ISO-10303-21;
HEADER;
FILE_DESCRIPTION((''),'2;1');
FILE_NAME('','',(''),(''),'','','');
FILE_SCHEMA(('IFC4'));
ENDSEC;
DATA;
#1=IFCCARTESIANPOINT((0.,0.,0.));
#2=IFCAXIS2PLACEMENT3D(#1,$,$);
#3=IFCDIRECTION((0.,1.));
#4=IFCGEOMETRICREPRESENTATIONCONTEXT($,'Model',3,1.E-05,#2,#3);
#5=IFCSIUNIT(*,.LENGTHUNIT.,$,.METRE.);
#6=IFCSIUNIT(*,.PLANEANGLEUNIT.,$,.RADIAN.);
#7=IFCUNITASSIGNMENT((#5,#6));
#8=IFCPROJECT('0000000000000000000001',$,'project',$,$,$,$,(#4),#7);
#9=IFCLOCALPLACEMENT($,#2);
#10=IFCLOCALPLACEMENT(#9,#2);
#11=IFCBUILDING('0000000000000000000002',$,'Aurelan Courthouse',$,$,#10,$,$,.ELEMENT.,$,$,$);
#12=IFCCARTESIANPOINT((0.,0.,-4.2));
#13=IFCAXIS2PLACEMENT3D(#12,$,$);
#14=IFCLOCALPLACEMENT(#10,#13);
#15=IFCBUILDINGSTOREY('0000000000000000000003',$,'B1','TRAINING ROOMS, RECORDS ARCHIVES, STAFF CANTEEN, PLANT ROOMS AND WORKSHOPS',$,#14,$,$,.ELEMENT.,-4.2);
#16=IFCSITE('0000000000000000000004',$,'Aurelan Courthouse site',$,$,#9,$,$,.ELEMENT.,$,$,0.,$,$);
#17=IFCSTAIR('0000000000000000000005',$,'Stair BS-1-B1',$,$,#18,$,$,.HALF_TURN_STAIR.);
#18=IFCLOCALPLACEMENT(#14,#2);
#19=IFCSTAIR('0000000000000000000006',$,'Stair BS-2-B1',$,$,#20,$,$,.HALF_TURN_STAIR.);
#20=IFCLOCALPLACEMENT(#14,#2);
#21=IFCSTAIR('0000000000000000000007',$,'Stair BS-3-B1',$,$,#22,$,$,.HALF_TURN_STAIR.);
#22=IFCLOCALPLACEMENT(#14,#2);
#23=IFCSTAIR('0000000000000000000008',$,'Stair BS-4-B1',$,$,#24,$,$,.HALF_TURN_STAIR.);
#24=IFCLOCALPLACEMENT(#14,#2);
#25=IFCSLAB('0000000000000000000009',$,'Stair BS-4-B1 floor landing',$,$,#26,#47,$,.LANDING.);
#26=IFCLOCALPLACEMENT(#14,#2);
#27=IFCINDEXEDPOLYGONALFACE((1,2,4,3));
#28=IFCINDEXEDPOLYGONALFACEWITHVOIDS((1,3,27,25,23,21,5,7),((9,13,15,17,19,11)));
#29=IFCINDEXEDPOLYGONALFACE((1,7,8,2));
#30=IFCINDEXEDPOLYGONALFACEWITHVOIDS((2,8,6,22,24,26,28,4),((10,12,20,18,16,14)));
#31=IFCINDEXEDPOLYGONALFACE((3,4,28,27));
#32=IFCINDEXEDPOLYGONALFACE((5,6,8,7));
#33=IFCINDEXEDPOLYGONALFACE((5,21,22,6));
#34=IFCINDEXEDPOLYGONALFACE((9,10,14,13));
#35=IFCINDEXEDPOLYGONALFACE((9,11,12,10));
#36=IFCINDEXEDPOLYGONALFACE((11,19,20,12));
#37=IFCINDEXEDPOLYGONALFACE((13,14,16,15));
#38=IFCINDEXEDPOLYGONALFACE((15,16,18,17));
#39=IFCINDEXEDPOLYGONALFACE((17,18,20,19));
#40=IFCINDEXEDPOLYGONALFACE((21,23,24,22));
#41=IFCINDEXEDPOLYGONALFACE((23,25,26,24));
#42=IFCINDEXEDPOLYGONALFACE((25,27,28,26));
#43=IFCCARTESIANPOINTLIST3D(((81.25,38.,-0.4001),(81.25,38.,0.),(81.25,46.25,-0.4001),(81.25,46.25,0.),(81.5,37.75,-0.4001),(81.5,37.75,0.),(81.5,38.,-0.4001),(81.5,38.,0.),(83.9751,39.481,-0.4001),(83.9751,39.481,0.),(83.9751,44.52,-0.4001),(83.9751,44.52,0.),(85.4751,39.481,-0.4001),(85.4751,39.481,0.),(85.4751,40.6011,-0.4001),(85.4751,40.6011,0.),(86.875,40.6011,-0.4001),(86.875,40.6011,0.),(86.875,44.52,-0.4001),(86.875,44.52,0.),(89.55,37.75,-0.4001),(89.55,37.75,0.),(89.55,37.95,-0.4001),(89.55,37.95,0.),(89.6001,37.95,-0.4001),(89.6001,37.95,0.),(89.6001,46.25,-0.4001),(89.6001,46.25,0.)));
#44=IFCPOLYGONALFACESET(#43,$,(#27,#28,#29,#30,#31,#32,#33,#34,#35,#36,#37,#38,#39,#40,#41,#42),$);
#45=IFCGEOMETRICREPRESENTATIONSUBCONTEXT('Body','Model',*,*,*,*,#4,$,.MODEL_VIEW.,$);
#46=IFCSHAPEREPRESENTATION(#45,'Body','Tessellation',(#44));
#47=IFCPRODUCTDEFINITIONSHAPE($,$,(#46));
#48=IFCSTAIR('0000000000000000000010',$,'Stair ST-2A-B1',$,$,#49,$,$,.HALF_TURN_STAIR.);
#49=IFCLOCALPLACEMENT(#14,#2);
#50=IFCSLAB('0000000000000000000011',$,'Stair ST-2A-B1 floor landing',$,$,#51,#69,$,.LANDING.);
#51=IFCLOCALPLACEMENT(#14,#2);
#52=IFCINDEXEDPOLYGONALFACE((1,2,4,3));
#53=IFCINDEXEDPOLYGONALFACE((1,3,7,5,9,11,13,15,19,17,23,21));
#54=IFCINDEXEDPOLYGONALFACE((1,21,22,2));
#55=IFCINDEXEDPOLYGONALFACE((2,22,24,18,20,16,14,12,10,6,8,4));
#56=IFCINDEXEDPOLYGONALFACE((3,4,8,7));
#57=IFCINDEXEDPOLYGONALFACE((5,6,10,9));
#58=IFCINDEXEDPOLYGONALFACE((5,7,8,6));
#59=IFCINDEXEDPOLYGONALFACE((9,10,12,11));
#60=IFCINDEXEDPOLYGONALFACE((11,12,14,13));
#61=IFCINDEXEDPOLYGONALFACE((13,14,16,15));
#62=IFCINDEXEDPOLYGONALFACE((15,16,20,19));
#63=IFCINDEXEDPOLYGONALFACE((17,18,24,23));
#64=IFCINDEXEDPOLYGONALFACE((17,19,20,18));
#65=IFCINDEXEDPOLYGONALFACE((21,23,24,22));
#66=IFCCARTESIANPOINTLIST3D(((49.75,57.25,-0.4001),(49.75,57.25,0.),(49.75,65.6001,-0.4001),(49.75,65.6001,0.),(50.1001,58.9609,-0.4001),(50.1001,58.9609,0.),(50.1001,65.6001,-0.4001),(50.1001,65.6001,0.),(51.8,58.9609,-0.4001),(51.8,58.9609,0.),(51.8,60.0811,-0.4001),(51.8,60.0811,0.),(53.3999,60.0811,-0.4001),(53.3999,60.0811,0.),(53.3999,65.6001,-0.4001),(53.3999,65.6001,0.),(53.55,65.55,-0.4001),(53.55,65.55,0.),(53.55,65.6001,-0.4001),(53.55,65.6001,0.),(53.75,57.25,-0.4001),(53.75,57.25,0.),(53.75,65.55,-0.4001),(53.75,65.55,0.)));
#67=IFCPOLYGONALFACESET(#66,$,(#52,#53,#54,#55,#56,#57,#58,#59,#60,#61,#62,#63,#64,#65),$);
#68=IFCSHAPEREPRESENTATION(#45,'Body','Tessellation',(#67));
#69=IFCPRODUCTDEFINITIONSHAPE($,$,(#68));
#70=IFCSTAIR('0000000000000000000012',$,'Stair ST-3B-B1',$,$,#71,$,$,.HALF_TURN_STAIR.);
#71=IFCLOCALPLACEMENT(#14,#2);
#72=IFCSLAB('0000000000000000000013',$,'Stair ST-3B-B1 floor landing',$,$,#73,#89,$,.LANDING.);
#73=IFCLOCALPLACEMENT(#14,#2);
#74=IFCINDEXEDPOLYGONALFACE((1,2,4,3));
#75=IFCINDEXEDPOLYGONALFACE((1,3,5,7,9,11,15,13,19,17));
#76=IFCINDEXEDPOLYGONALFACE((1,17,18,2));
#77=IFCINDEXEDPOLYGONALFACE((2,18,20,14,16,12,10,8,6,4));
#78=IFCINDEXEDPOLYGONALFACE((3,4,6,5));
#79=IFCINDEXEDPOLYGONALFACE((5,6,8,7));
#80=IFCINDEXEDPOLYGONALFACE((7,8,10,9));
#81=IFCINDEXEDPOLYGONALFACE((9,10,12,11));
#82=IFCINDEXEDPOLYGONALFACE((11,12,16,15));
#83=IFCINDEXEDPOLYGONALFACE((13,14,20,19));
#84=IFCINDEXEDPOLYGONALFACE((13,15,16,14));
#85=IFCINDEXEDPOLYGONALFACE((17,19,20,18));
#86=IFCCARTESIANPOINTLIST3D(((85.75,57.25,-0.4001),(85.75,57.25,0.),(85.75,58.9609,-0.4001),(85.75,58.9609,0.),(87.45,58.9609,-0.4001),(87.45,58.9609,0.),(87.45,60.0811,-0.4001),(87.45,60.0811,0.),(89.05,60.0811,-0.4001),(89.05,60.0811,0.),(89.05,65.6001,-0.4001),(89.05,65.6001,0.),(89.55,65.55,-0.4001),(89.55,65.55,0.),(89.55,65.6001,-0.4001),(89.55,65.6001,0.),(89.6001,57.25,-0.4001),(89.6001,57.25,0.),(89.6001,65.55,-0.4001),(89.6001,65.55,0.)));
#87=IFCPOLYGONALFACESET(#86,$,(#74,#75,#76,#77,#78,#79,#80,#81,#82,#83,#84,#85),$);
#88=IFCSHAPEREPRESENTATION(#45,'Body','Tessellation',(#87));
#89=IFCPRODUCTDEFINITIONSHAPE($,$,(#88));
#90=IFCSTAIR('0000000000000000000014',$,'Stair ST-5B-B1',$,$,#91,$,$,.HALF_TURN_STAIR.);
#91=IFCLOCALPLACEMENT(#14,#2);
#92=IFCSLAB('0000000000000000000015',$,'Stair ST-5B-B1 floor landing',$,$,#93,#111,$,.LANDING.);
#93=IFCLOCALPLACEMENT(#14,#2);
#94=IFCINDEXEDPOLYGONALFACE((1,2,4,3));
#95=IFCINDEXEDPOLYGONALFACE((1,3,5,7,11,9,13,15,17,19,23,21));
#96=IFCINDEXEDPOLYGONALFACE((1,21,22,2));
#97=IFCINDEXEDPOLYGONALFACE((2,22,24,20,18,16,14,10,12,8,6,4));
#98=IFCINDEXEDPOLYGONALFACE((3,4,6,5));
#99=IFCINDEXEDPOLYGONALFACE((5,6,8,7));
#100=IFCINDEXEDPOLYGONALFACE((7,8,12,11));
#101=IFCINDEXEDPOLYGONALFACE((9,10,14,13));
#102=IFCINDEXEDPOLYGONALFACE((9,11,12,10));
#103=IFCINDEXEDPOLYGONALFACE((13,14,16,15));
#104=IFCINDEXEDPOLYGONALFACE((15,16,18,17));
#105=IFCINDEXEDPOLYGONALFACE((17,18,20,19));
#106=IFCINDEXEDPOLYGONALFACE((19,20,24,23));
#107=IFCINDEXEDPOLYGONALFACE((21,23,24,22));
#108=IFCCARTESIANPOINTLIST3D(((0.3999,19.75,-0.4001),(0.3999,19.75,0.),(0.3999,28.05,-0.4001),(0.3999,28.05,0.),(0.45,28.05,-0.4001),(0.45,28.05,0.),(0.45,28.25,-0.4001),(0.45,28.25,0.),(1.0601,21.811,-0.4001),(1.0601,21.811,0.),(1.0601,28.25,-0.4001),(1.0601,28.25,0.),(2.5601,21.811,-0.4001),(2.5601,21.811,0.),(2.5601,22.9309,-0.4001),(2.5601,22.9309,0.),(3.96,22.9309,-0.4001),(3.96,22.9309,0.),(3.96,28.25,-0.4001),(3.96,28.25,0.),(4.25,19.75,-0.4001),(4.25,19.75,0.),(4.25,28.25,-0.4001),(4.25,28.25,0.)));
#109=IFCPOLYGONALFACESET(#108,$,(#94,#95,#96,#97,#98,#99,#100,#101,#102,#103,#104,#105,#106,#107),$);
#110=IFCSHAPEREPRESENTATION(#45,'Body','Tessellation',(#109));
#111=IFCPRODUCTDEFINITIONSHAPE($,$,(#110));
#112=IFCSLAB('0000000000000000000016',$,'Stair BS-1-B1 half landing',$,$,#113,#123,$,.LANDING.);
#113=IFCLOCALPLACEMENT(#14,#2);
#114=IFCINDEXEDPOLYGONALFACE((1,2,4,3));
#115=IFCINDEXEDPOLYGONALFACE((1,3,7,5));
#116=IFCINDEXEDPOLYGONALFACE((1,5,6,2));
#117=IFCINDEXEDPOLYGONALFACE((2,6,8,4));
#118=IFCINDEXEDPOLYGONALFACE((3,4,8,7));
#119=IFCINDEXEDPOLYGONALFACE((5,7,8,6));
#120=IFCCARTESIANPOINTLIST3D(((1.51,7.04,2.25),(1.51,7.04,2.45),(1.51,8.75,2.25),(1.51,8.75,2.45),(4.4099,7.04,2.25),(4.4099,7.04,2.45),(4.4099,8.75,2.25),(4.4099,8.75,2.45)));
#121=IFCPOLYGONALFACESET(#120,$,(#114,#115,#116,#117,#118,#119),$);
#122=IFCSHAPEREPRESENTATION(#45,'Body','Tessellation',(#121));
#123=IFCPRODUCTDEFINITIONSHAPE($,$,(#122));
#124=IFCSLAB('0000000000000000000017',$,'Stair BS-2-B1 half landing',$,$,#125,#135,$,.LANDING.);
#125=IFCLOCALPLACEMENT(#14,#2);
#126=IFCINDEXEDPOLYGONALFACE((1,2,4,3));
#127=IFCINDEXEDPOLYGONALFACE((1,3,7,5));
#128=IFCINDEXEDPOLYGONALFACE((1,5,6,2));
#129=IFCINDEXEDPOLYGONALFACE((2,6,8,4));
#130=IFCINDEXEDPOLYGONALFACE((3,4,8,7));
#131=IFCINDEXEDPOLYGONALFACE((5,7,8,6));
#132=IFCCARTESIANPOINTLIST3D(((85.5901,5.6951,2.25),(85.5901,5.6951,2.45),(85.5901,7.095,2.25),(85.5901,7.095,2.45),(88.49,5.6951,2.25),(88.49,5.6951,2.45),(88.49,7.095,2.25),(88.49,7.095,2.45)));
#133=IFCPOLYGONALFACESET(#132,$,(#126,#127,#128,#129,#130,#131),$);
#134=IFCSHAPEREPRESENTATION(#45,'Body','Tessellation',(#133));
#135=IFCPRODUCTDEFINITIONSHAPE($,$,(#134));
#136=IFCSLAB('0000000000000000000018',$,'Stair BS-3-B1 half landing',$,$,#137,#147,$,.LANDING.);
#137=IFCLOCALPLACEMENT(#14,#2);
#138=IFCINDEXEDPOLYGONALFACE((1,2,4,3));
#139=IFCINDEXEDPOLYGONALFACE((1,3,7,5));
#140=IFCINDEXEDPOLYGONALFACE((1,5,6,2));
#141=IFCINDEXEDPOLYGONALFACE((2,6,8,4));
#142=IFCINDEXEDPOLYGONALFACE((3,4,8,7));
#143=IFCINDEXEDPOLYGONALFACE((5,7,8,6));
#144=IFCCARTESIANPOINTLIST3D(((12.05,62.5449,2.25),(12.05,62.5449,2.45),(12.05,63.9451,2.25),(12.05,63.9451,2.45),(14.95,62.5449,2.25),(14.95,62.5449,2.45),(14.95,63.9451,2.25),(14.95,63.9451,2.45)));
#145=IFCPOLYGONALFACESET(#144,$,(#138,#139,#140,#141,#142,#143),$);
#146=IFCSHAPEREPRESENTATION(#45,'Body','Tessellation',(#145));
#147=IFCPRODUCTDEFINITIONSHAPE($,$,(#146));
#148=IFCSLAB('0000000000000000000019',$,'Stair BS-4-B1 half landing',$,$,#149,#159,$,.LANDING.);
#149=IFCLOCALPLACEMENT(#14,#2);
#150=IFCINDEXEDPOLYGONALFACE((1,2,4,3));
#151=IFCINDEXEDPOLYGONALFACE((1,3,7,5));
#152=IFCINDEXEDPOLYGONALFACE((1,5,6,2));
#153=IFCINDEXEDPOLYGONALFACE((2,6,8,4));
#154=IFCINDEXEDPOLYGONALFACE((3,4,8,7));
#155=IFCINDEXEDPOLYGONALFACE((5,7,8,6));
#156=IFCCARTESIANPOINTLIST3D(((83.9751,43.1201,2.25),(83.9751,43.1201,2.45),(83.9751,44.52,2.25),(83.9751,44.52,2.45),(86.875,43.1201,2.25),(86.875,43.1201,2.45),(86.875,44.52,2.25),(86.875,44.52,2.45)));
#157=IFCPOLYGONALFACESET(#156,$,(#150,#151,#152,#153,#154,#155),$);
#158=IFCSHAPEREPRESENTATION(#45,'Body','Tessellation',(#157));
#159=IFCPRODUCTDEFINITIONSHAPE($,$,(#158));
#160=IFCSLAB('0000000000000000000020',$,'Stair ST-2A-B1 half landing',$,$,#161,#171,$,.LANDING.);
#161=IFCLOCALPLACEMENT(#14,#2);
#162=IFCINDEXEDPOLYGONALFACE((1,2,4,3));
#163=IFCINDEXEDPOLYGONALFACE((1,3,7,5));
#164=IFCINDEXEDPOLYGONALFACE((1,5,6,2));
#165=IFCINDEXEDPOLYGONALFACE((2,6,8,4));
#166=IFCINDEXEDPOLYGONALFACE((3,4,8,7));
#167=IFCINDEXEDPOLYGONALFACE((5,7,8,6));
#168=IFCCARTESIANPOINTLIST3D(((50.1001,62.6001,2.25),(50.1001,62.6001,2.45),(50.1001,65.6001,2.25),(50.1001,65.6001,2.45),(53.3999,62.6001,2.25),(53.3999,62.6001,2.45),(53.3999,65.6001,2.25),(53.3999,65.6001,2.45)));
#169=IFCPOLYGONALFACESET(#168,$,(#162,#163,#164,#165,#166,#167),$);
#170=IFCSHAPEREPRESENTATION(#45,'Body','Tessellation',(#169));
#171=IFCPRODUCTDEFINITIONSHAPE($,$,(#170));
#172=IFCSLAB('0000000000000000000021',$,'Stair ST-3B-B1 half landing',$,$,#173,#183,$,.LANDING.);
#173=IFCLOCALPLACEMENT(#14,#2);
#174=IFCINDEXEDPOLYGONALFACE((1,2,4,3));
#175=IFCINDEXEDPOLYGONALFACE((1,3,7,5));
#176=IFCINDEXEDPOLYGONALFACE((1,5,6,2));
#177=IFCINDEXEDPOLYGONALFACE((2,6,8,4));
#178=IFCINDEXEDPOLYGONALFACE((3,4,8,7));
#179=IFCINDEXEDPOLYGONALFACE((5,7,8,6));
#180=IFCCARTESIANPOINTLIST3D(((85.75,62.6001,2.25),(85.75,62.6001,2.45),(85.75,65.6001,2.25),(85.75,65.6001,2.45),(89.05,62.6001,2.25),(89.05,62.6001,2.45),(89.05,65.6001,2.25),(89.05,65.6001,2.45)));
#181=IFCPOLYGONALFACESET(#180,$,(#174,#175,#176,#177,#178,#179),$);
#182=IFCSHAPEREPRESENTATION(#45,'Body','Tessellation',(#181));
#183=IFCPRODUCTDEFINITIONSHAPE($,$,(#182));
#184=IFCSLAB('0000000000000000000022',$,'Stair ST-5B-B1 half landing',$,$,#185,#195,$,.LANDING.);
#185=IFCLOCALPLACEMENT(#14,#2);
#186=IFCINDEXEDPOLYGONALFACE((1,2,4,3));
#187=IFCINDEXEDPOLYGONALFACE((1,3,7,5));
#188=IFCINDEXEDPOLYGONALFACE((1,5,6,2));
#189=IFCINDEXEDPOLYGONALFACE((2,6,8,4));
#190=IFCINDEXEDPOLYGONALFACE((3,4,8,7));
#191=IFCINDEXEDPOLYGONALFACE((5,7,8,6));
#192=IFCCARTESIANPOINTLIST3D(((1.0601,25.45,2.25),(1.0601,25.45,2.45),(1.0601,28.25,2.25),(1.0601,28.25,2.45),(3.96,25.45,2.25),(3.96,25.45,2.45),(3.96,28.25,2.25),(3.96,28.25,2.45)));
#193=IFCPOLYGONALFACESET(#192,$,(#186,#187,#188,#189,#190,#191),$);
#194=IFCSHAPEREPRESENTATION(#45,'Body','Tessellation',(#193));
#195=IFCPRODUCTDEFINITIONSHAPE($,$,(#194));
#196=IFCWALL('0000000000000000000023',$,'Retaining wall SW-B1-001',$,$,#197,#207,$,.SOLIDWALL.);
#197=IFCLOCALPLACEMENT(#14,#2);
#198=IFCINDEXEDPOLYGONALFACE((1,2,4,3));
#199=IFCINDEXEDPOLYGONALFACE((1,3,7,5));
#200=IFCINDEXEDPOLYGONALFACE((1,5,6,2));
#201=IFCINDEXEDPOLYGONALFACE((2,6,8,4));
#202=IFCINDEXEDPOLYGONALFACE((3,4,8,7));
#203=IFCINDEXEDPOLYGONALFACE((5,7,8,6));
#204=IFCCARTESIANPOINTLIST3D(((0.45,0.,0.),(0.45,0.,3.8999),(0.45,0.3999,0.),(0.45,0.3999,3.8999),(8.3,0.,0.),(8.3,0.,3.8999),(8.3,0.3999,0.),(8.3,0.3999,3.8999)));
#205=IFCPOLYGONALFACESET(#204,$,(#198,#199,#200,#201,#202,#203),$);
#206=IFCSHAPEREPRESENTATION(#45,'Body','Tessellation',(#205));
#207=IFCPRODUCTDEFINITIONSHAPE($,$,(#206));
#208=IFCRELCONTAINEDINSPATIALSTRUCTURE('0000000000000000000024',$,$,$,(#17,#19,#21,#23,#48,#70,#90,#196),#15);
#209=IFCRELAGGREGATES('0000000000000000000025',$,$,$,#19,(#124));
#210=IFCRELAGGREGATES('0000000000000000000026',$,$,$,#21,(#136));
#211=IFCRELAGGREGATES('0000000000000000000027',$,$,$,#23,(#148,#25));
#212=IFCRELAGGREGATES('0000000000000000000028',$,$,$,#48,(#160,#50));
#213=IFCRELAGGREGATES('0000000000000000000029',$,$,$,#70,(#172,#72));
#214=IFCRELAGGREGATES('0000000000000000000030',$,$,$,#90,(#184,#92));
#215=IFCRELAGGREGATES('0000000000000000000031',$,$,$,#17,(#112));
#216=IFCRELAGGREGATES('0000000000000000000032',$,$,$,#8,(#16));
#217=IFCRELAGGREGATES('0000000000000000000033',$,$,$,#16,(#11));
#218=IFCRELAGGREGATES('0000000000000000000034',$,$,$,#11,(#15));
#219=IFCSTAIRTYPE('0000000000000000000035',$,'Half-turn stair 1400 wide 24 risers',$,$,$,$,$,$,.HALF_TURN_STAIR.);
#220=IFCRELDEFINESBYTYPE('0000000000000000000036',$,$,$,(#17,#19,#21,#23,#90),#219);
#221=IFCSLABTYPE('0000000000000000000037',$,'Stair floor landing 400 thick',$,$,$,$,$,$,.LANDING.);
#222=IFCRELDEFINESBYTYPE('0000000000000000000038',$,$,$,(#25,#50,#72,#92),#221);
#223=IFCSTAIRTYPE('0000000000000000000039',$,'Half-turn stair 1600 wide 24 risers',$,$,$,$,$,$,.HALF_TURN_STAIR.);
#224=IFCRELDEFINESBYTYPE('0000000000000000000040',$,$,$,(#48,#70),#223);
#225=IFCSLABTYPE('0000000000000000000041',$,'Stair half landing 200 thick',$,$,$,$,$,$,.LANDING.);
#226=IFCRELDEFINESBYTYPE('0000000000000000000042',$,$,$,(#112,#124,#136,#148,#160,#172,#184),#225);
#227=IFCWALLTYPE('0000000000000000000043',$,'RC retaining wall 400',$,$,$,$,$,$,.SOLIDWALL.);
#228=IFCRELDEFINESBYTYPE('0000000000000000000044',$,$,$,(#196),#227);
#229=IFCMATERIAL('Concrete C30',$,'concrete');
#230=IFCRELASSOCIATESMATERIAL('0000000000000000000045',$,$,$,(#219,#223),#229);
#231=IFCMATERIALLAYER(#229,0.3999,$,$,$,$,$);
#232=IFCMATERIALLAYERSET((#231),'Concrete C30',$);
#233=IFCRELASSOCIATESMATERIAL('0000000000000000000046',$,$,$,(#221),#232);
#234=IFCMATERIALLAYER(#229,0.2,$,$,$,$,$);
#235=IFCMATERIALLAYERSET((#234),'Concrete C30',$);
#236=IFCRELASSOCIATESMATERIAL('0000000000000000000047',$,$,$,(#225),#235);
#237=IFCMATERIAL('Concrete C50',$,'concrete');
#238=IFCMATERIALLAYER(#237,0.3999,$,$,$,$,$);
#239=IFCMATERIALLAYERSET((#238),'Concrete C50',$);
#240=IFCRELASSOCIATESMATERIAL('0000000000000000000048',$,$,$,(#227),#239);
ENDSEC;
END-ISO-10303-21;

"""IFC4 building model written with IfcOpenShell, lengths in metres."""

from ifc_helpers import new_model, si_unit, direction, frame, frame_2d, origin, place, context, subcontext, project, spatial, polyline, rectangle, outline, extrude, material, layer, layer_set, type_object, element, aggregate, save


model = new_model("IFC4")

# Units and contexts
model_context = context("Model", 3, precision=1e-05, world=origin(), true_north=direction((0.0, 1.0)))
body_context = subcontext(model_context, "Body", "Model", "MODEL_VIEW")
ifc_project = project(units=[si_unit("LENGTHUNIT", "METRE"), si_unit("PLANEANGLEUNIT", "RADIAN")], contexts=[model_context])

# Site, building, storey
site_placement = place(None, origin())
site = spatial("IfcSite", under=ifc_project, at=site_placement, Name="Aurelan Courthouse site", CompositionType="ELEMENT", RefElevation=0.0)
building_placement = place(site_placement, origin())
building = spatial("IfcBuilding", under=site, at=building_placement, Name="Aurelan Courthouse", CompositionType="ELEMENT")
storey_placement = place(building_placement, frame((0.0, 0.0, -4.2)))
storey = spatial("IfcBuildingStorey", under=building, at=storey_placement, Name="B1", Description="TRAINING ROOMS, RECORDS ARCHIVES, STAFF CANTEEN, PLANT ROOMS AND WORKSHOPS", CompositionType="ELEMENT", Elevation=-4.2)

# Shared definitions
ifc_material_1 = material(Name="Concrete C50", Category="concrete")

# Stairs, slabs
ifc_material_2 = material(Name="Concrete C30", Category="concrete")
stair_type_1 = type_object("IfcStairType", Name="Half-turn stair 1400 wide 24 risers", PredefinedType="HALF_TURN_STAIR", material=ifc_material_2)
stair_1_placement = place(storey_placement, origin())
stair_1 = element("IfcStair", 1, at=stair_1_placement, inside=storey, type_object=stair_type_1, Name="Stair BS-1-B1", PredefinedType="HALF_TURN_STAIR")
ifc_layer_1 = layer(ifc_material_2, 0.3999)
ifc_layer_set_1 = layer_set([ifc_layer_1], Name="Concrete C30")
slab_type_1 = type_object("IfcSlabType", Name="Stair floor landing 400 thick", PredefinedType="LANDING", material=ifc_layer_set_1)
stair_2_placement = place(storey_placement, origin())
stair_2 = element("IfcStair", 2, at=stair_2_placement, inside=storey, type_object=stair_type_1, Name="Stair BS-2-B1", PredefinedType="HALF_TURN_STAIR")
stair_3_placement = place(storey_placement, origin())
stair_3 = element("IfcStair", 3, at=stair_3_placement, inside=storey, type_object=stair_type_1, Name="Stair BS-3-B1", PredefinedType="HALF_TURN_STAIR")
stair_4_placement = place(storey_placement, origin())
stair_4 = element("IfcStair", 4, at=stair_4_placement, inside=storey, type_object=stair_type_1, Name="Stair BS-4-B1", PredefinedType="HALF_TURN_STAIR")
slab_1_placement = place(storey_placement, frame((0.0, 0.0, -0.4001)))
slab_1 = element("IfcSlab", 5, at=slab_1_placement, type_object=slab_type_1, Name="Stair BS-4-B1 floor landing", PredefinedType="LANDING", context=body_context, shape_type="SweptSolid", body=[
    extrude(outline(polyline([(89.6001, 37.95), (89.55, 37.95), (89.55, 37.75), (81.5, 37.75), (81.5, 38.0), (81.25, 38.0), (81.25, 46.25), (89.6001, 46.25), (89.6001, 37.95)]), holes=[polyline([(83.9751, 44.52), (83.9751, 39.481), (85.4751, 39.481), (85.4751, 40.6011), (86.875, 40.6011), (86.875, 44.52), (83.9751, 44.52)])]), origin(), (0.0, 0.0, 1.0), 0.4001),
])
stair_type_2 = type_object("IfcStairType", Name="Half-turn stair 1600 wide 24 risers", PredefinedType="HALF_TURN_STAIR", material=ifc_material_2)
stair_5_placement = place(storey_placement, origin())
stair_5 = element("IfcStair", 6, at=stair_5_placement, inside=storey, type_object=stair_type_2, Name="Stair ST-2A-B1", PredefinedType="HALF_TURN_STAIR")
slab_2_placement = place(storey_placement, frame((0.0, 0.0, -0.4001)))
slab_2 = element("IfcSlab", 7, at=slab_2_placement, type_object=slab_type_1, Name="Stair ST-2A-B1 floor landing", PredefinedType="LANDING", context=body_context, shape_type="SweptSolid", body=[
    extrude(outline(polyline([(50.1001, 58.9609), (51.8, 58.9609), (51.8, 60.0811), (53.3999, 60.0811), (53.3999, 65.6001), (53.55, 65.6001), (53.55, 65.55), (53.75, 65.55), (53.75, 57.25), (49.75, 57.25), (49.75, 65.6001), (50.1001, 65.6001), (50.1001, 58.9609)])), origin(), (0.0, 0.0, 1.0), 0.4001),
])
stair_6_placement = place(storey_placement, origin())
stair_6 = element("IfcStair", 8, at=stair_6_placement, inside=storey, type_object=stair_type_2, Name="Stair ST-3B-B1", PredefinedType="HALF_TURN_STAIR")
slab_3_placement = place(storey_placement, frame((0.0, 0.0, -0.4001)))
slab_3 = element("IfcSlab", 9, at=slab_3_placement, type_object=slab_type_1, Name="Stair ST-3B-B1 floor landing", PredefinedType="LANDING", context=body_context, shape_type="SweptSolid", body=[
    extrude(outline(polyline([(87.45, 60.0811), (89.05, 60.0811), (89.05, 65.6001), (89.55, 65.6001), (89.55, 65.55), (89.6001, 65.55), (89.6001, 57.25), (85.75, 57.25), (85.75, 58.9609), (87.45, 58.9609), (87.45, 60.0811)])), origin(), (0.0, 0.0, 1.0), 0.4001),
])
stair_7_placement = place(storey_placement, origin())
stair_7 = element("IfcStair", 10, at=stair_7_placement, inside=storey, type_object=stair_type_1, Name="Stair ST-5B-B1", PredefinedType="HALF_TURN_STAIR")
slab_4_placement = place(storey_placement, frame((0.0, 0.0, -0.4001)))
slab_4 = element("IfcSlab", 11, at=slab_4_placement, type_object=slab_type_1, Name="Stair ST-5B-B1 floor landing", PredefinedType="LANDING", context=body_context, shape_type="SweptSolid", body=[
    extrude(outline(polyline([(1.0601, 21.811), (2.5601, 21.811), (2.5601, 22.9309), (3.96, 22.9309), (3.96, 28.25), (4.25, 28.25), (4.25, 19.75), (0.3999, 19.75), (0.3999, 28.05), (0.45, 28.05), (0.45, 28.25), (1.0601, 28.25), (1.0601, 21.811)])), origin(), (0.0, 0.0, 1.0), 0.4001),
])

# Slabs
ifc_layer_2 = layer(ifc_material_2, 0.2)
ifc_layer_set_2 = layer_set([ifc_layer_2], Name="Concrete C30")
slab_type_2 = type_object("IfcSlabType", Name="Stair half landing 200 thick", PredefinedType="LANDING", material=ifc_layer_set_2)
slab_5_placement = place(storey_placement, frame((0.0, 0.0, 2.25)))
slab_5 = element("IfcSlab", 12, at=slab_5_placement, type_object=slab_type_2, Name="Stair BS-1-B1 half landing", PredefinedType="LANDING", context=body_context, shape_type="SweptSolid", body=[
    extrude(outline(polyline([(1.51, 8.75), (4.4099, 8.75), (4.4099, 7.04), (1.51, 7.04), (1.51, 8.75)])), origin(), (0.0, 0.0, 1.0), 0.2),
])
slab_6_placement = place(storey_placement, frame((0.0, 0.0, 2.25)))
slab_6 = element("IfcSlab", 13, at=slab_6_placement, type_object=slab_type_2, Name="Stair BS-2-B1 half landing", PredefinedType="LANDING", context=body_context, shape_type="SweptSolid", body=[
    extrude(outline(polyline([(85.5901, 7.095), (88.49, 7.095), (88.49, 5.6951), (85.5901, 5.6951), (85.5901, 7.095)])), origin(), (0.0, 0.0, 1.0), 0.2),
])
aggregate(stair_2, [slab_6])
slab_7_placement = place(storey_placement, frame((0.0, 0.0, 2.25)))
slab_7 = element("IfcSlab", 14, at=slab_7_placement, type_object=slab_type_2, Name="Stair BS-3-B1 half landing", PredefinedType="LANDING", context=body_context, shape_type="SweptSolid", body=[
    extrude(outline(polyline([(12.05, 63.9451), (14.95, 63.9451), (14.95, 62.5449), (12.05, 62.5449), (12.05, 63.9451)])), origin(), (0.0, 0.0, 1.0), 0.2),
])
aggregate(stair_3, [slab_7])
slab_8_placement = place(storey_placement, frame((0.0, 0.0, 2.25)))
slab_8 = element("IfcSlab", 15, at=slab_8_placement, type_object=slab_type_2, Name="Stair BS-4-B1 half landing", PredefinedType="LANDING", context=body_context, shape_type="SweptSolid", body=[
    extrude(outline(polyline([(83.9751, 44.52), (86.875, 44.52), (86.875, 43.1201), (83.9751, 43.1201), (83.9751, 44.52)])), origin(), (0.0, 0.0, 1.0), 0.2),
])
aggregate(stair_4, [slab_8, slab_1])
slab_9_placement = place(storey_placement, frame((0.0, 0.0, 2.25)))
slab_9 = element("IfcSlab", 16, at=slab_9_placement, type_object=slab_type_2, Name="Stair ST-2A-B1 half landing", PredefinedType="LANDING", context=body_context, shape_type="SweptSolid", body=[
    extrude(outline(polyline([(50.1001, 65.6001), (53.3999, 65.6001), (53.3999, 62.6001), (50.1001, 62.6001), (50.1001, 65.6001)])), origin(), (0.0, 0.0, 1.0), 0.2),
])
aggregate(stair_5, [slab_9, slab_2])
slab_10_placement = place(storey_placement, frame((0.0, 0.0, 2.25)))
slab_10 = element("IfcSlab", 17, at=slab_10_placement, type_object=slab_type_2, Name="Stair ST-3B-B1 half landing", PredefinedType="LANDING", context=body_context, shape_type="SweptSolid", body=[
    extrude(outline(polyline([(85.75, 65.6001), (89.05, 65.6001), (89.05, 62.6001), (85.75, 62.6001), (85.75, 65.6001)])), origin(), (0.0, 0.0, 1.0), 0.2),
])
aggregate(stair_6, [slab_10, slab_3])
slab_11_placement = place(storey_placement, frame((0.0, 0.0, 2.25)))
slab_11 = element("IfcSlab", 18, at=slab_11_placement, type_object=slab_type_2, Name="Stair ST-5B-B1 half landing", PredefinedType="LANDING", context=body_context, shape_type="SweptSolid", body=[
    extrude(outline(polyline([(1.0601, 28.25), (3.96, 28.25), (3.96, 25.45), (1.0601, 25.45), (1.0601, 28.25)])), origin(), (0.0, 0.0, 1.0), 0.2),
])
aggregate(stair_7, [slab_11, slab_4])

# Wall
ifc_layer_3 = layer(ifc_material_1, 0.3999)
ifc_layer_set_3 = layer_set([ifc_layer_3], Name="Concrete C50")
wall_type_1 = type_object("IfcWallType", Name="RC retaining wall 400", PredefinedType="SOLIDWALL", material=ifc_layer_set_3)
wall_1_placement = place(storey_placement, frame((0.45, 0.2, 0.0), z_axis=(0.0, 0.0, 1.0), x_axis=(1.0, 0.0, 0.0)))
element("IfcWall", 19, at=wall_1_placement, inside=storey, type_object=wall_type_1, Name="Retaining wall SW-B1-001", PredefinedType="SOLIDWALL", context=body_context, shape_type="SweptSolid", body=[
    extrude(rectangle(XDim=7.8501, YDim=0.3999, at=frame_2d((3.925, 0.0))), origin(), (0.0, 0.0, 1.0), 3.8999),
])

aggregate(stair_1, [slab_5])

save(model, "model.ifc")
